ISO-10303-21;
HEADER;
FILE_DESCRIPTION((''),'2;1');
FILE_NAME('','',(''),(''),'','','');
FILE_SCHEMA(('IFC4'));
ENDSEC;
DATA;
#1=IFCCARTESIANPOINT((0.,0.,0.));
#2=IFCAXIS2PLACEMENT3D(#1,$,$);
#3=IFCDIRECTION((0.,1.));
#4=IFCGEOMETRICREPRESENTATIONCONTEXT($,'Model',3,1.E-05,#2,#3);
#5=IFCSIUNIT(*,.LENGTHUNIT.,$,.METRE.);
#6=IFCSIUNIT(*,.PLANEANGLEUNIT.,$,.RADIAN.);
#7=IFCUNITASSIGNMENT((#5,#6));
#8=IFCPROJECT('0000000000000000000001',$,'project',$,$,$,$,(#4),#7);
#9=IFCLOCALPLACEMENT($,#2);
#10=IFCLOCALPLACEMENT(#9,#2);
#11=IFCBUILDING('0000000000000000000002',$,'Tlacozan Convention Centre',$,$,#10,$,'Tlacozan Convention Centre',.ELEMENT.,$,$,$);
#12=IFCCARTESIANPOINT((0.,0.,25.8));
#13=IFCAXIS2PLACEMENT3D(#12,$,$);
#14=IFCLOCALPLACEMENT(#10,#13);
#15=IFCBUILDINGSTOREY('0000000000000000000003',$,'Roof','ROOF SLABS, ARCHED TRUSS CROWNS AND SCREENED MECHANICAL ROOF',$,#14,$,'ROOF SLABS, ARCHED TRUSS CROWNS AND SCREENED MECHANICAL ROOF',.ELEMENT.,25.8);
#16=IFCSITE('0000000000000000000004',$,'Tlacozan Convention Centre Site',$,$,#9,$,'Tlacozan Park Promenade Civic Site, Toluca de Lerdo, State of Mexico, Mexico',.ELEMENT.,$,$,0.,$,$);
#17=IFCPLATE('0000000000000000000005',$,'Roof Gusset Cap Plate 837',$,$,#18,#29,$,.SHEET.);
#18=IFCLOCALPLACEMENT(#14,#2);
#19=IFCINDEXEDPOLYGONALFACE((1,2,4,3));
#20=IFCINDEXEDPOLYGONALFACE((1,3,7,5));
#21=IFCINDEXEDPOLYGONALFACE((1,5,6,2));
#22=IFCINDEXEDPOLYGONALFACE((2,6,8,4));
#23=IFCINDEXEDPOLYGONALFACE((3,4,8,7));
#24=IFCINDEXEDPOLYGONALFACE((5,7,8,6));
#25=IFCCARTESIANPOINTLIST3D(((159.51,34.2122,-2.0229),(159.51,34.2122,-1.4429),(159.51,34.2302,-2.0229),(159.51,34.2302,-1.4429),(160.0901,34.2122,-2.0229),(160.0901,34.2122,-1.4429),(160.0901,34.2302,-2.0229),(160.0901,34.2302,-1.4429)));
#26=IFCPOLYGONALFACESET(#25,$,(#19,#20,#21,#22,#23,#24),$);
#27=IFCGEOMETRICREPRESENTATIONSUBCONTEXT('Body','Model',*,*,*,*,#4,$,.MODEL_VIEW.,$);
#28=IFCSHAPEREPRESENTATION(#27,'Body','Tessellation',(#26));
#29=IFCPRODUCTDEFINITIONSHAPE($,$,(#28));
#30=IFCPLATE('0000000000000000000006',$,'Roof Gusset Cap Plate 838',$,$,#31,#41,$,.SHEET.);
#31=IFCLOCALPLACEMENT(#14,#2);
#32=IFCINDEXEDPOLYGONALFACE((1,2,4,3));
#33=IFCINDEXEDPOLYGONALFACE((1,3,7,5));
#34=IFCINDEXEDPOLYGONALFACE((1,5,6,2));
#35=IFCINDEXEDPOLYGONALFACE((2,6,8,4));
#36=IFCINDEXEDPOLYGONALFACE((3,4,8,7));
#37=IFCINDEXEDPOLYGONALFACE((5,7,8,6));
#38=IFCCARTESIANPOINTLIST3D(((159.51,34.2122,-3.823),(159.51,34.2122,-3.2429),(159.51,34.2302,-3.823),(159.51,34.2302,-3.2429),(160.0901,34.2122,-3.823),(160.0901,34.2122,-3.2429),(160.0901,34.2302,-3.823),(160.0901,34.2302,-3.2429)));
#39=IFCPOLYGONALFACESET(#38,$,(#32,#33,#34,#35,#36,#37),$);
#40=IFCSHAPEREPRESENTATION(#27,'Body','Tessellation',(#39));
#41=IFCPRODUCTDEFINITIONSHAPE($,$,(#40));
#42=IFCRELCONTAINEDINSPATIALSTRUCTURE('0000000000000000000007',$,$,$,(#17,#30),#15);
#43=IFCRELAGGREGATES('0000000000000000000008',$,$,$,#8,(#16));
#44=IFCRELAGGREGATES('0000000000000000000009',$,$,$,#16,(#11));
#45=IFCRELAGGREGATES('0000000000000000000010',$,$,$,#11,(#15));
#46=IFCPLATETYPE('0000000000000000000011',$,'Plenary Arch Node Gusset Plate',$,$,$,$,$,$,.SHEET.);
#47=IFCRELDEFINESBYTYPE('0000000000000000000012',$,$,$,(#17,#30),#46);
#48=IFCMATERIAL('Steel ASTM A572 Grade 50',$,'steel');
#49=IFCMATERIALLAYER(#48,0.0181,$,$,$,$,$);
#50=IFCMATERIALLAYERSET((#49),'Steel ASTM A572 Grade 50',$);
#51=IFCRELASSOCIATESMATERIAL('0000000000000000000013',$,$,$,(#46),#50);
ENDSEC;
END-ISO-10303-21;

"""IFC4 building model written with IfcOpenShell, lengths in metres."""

from ifc_helpers import new_model, si_unit, direction, frame, origin, origin_2d, place, context, subcontext, project, spatial, rectangle, extrude, material, layer, layer_set, type_object, element, save


model = new_model("IFC4")

# Units and contexts
model_context = context("Model", 3, precision=1e-05, world=origin(), true_north=direction((0.0, 1.0)))
body_context = subcontext(model_context, "Body", "Model", "MODEL_VIEW")
ifc_project = project(units=[si_unit("LENGTHUNIT", "METRE"), si_unit("PLANEANGLEUNIT", "RADIAN")], contexts=[model_context])

# Site, building, storey
site_placement = place(None, origin())
site = spatial("IfcSite", under=ifc_project, at=site_placement, Name="Tlacozan Convention Centre Site", LongName="Tlacozan Park Promenade Civic Site, Toluca de Lerdo, State of Mexico, Mexico", CompositionType="ELEMENT", RefElevation=0.0)
building_placement = place(site_placement, origin())
building = spatial("IfcBuilding", under=site, at=building_placement, Name="Tlacozan Convention Centre", LongName="Tlacozan Convention Centre", CompositionType="ELEMENT")
storey_placement = place(building_placement, frame((0.0, 0.0, 25.8)))
storey = spatial("IfcBuildingStorey", under=building, at=storey_placement, Name="Roof", Description="ROOF SLABS, ARCHED TRUSS CROWNS AND SCREENED MECHANICAL ROOF", LongName="ROOF SLABS, ARCHED TRUSS CROWNS AND SCREENED MECHANICAL ROOF", CompositionType="ELEMENT", Elevation=25.8)

# Plates
ifc_material_1 = material(Name="Steel ASTM A572 Grade 50", Category="steel")
ifc_layer = layer(ifc_material_1, 0.0181)
ifc_layer_set = layer_set([ifc_layer], Name="Steel ASTM A572 Grade 50")
plate_type = type_object("IfcPlateType", Name="Plenary Arch Node Gusset Plate", PredefinedType="SHEET", material=ifc_layer_set)
for number, where, z_axis, x_axis, name in (
    (1, (159.8, 34.2212, -2.0229), (0.0, 0.0, 1.0), (0.0, 1.0, 0.0), "Roof Gusset Cap Plate 837"),
    (2, (159.8, 34.2212, -3.823), (0.0, 0.0, 1.0), (0.0, 1.0, 0.0), "Roof Gusset Cap Plate 838"),
):
    element("IfcPlate", number, at=place(storey_placement, frame(where, z_axis=z_axis, x_axis=x_axis)), inside=storey, type_object=plate_type, Name=name, PredefinedType="SHEET", context=body_context, shape_type="SweptSolid", body=[
        extrude(rectangle(XDim=0.0181, YDim=0.5801, at=origin_2d()), origin(), (0.0, 0.0, 1.0), 0.5801),
    ])

save(model, "model.ifc")
